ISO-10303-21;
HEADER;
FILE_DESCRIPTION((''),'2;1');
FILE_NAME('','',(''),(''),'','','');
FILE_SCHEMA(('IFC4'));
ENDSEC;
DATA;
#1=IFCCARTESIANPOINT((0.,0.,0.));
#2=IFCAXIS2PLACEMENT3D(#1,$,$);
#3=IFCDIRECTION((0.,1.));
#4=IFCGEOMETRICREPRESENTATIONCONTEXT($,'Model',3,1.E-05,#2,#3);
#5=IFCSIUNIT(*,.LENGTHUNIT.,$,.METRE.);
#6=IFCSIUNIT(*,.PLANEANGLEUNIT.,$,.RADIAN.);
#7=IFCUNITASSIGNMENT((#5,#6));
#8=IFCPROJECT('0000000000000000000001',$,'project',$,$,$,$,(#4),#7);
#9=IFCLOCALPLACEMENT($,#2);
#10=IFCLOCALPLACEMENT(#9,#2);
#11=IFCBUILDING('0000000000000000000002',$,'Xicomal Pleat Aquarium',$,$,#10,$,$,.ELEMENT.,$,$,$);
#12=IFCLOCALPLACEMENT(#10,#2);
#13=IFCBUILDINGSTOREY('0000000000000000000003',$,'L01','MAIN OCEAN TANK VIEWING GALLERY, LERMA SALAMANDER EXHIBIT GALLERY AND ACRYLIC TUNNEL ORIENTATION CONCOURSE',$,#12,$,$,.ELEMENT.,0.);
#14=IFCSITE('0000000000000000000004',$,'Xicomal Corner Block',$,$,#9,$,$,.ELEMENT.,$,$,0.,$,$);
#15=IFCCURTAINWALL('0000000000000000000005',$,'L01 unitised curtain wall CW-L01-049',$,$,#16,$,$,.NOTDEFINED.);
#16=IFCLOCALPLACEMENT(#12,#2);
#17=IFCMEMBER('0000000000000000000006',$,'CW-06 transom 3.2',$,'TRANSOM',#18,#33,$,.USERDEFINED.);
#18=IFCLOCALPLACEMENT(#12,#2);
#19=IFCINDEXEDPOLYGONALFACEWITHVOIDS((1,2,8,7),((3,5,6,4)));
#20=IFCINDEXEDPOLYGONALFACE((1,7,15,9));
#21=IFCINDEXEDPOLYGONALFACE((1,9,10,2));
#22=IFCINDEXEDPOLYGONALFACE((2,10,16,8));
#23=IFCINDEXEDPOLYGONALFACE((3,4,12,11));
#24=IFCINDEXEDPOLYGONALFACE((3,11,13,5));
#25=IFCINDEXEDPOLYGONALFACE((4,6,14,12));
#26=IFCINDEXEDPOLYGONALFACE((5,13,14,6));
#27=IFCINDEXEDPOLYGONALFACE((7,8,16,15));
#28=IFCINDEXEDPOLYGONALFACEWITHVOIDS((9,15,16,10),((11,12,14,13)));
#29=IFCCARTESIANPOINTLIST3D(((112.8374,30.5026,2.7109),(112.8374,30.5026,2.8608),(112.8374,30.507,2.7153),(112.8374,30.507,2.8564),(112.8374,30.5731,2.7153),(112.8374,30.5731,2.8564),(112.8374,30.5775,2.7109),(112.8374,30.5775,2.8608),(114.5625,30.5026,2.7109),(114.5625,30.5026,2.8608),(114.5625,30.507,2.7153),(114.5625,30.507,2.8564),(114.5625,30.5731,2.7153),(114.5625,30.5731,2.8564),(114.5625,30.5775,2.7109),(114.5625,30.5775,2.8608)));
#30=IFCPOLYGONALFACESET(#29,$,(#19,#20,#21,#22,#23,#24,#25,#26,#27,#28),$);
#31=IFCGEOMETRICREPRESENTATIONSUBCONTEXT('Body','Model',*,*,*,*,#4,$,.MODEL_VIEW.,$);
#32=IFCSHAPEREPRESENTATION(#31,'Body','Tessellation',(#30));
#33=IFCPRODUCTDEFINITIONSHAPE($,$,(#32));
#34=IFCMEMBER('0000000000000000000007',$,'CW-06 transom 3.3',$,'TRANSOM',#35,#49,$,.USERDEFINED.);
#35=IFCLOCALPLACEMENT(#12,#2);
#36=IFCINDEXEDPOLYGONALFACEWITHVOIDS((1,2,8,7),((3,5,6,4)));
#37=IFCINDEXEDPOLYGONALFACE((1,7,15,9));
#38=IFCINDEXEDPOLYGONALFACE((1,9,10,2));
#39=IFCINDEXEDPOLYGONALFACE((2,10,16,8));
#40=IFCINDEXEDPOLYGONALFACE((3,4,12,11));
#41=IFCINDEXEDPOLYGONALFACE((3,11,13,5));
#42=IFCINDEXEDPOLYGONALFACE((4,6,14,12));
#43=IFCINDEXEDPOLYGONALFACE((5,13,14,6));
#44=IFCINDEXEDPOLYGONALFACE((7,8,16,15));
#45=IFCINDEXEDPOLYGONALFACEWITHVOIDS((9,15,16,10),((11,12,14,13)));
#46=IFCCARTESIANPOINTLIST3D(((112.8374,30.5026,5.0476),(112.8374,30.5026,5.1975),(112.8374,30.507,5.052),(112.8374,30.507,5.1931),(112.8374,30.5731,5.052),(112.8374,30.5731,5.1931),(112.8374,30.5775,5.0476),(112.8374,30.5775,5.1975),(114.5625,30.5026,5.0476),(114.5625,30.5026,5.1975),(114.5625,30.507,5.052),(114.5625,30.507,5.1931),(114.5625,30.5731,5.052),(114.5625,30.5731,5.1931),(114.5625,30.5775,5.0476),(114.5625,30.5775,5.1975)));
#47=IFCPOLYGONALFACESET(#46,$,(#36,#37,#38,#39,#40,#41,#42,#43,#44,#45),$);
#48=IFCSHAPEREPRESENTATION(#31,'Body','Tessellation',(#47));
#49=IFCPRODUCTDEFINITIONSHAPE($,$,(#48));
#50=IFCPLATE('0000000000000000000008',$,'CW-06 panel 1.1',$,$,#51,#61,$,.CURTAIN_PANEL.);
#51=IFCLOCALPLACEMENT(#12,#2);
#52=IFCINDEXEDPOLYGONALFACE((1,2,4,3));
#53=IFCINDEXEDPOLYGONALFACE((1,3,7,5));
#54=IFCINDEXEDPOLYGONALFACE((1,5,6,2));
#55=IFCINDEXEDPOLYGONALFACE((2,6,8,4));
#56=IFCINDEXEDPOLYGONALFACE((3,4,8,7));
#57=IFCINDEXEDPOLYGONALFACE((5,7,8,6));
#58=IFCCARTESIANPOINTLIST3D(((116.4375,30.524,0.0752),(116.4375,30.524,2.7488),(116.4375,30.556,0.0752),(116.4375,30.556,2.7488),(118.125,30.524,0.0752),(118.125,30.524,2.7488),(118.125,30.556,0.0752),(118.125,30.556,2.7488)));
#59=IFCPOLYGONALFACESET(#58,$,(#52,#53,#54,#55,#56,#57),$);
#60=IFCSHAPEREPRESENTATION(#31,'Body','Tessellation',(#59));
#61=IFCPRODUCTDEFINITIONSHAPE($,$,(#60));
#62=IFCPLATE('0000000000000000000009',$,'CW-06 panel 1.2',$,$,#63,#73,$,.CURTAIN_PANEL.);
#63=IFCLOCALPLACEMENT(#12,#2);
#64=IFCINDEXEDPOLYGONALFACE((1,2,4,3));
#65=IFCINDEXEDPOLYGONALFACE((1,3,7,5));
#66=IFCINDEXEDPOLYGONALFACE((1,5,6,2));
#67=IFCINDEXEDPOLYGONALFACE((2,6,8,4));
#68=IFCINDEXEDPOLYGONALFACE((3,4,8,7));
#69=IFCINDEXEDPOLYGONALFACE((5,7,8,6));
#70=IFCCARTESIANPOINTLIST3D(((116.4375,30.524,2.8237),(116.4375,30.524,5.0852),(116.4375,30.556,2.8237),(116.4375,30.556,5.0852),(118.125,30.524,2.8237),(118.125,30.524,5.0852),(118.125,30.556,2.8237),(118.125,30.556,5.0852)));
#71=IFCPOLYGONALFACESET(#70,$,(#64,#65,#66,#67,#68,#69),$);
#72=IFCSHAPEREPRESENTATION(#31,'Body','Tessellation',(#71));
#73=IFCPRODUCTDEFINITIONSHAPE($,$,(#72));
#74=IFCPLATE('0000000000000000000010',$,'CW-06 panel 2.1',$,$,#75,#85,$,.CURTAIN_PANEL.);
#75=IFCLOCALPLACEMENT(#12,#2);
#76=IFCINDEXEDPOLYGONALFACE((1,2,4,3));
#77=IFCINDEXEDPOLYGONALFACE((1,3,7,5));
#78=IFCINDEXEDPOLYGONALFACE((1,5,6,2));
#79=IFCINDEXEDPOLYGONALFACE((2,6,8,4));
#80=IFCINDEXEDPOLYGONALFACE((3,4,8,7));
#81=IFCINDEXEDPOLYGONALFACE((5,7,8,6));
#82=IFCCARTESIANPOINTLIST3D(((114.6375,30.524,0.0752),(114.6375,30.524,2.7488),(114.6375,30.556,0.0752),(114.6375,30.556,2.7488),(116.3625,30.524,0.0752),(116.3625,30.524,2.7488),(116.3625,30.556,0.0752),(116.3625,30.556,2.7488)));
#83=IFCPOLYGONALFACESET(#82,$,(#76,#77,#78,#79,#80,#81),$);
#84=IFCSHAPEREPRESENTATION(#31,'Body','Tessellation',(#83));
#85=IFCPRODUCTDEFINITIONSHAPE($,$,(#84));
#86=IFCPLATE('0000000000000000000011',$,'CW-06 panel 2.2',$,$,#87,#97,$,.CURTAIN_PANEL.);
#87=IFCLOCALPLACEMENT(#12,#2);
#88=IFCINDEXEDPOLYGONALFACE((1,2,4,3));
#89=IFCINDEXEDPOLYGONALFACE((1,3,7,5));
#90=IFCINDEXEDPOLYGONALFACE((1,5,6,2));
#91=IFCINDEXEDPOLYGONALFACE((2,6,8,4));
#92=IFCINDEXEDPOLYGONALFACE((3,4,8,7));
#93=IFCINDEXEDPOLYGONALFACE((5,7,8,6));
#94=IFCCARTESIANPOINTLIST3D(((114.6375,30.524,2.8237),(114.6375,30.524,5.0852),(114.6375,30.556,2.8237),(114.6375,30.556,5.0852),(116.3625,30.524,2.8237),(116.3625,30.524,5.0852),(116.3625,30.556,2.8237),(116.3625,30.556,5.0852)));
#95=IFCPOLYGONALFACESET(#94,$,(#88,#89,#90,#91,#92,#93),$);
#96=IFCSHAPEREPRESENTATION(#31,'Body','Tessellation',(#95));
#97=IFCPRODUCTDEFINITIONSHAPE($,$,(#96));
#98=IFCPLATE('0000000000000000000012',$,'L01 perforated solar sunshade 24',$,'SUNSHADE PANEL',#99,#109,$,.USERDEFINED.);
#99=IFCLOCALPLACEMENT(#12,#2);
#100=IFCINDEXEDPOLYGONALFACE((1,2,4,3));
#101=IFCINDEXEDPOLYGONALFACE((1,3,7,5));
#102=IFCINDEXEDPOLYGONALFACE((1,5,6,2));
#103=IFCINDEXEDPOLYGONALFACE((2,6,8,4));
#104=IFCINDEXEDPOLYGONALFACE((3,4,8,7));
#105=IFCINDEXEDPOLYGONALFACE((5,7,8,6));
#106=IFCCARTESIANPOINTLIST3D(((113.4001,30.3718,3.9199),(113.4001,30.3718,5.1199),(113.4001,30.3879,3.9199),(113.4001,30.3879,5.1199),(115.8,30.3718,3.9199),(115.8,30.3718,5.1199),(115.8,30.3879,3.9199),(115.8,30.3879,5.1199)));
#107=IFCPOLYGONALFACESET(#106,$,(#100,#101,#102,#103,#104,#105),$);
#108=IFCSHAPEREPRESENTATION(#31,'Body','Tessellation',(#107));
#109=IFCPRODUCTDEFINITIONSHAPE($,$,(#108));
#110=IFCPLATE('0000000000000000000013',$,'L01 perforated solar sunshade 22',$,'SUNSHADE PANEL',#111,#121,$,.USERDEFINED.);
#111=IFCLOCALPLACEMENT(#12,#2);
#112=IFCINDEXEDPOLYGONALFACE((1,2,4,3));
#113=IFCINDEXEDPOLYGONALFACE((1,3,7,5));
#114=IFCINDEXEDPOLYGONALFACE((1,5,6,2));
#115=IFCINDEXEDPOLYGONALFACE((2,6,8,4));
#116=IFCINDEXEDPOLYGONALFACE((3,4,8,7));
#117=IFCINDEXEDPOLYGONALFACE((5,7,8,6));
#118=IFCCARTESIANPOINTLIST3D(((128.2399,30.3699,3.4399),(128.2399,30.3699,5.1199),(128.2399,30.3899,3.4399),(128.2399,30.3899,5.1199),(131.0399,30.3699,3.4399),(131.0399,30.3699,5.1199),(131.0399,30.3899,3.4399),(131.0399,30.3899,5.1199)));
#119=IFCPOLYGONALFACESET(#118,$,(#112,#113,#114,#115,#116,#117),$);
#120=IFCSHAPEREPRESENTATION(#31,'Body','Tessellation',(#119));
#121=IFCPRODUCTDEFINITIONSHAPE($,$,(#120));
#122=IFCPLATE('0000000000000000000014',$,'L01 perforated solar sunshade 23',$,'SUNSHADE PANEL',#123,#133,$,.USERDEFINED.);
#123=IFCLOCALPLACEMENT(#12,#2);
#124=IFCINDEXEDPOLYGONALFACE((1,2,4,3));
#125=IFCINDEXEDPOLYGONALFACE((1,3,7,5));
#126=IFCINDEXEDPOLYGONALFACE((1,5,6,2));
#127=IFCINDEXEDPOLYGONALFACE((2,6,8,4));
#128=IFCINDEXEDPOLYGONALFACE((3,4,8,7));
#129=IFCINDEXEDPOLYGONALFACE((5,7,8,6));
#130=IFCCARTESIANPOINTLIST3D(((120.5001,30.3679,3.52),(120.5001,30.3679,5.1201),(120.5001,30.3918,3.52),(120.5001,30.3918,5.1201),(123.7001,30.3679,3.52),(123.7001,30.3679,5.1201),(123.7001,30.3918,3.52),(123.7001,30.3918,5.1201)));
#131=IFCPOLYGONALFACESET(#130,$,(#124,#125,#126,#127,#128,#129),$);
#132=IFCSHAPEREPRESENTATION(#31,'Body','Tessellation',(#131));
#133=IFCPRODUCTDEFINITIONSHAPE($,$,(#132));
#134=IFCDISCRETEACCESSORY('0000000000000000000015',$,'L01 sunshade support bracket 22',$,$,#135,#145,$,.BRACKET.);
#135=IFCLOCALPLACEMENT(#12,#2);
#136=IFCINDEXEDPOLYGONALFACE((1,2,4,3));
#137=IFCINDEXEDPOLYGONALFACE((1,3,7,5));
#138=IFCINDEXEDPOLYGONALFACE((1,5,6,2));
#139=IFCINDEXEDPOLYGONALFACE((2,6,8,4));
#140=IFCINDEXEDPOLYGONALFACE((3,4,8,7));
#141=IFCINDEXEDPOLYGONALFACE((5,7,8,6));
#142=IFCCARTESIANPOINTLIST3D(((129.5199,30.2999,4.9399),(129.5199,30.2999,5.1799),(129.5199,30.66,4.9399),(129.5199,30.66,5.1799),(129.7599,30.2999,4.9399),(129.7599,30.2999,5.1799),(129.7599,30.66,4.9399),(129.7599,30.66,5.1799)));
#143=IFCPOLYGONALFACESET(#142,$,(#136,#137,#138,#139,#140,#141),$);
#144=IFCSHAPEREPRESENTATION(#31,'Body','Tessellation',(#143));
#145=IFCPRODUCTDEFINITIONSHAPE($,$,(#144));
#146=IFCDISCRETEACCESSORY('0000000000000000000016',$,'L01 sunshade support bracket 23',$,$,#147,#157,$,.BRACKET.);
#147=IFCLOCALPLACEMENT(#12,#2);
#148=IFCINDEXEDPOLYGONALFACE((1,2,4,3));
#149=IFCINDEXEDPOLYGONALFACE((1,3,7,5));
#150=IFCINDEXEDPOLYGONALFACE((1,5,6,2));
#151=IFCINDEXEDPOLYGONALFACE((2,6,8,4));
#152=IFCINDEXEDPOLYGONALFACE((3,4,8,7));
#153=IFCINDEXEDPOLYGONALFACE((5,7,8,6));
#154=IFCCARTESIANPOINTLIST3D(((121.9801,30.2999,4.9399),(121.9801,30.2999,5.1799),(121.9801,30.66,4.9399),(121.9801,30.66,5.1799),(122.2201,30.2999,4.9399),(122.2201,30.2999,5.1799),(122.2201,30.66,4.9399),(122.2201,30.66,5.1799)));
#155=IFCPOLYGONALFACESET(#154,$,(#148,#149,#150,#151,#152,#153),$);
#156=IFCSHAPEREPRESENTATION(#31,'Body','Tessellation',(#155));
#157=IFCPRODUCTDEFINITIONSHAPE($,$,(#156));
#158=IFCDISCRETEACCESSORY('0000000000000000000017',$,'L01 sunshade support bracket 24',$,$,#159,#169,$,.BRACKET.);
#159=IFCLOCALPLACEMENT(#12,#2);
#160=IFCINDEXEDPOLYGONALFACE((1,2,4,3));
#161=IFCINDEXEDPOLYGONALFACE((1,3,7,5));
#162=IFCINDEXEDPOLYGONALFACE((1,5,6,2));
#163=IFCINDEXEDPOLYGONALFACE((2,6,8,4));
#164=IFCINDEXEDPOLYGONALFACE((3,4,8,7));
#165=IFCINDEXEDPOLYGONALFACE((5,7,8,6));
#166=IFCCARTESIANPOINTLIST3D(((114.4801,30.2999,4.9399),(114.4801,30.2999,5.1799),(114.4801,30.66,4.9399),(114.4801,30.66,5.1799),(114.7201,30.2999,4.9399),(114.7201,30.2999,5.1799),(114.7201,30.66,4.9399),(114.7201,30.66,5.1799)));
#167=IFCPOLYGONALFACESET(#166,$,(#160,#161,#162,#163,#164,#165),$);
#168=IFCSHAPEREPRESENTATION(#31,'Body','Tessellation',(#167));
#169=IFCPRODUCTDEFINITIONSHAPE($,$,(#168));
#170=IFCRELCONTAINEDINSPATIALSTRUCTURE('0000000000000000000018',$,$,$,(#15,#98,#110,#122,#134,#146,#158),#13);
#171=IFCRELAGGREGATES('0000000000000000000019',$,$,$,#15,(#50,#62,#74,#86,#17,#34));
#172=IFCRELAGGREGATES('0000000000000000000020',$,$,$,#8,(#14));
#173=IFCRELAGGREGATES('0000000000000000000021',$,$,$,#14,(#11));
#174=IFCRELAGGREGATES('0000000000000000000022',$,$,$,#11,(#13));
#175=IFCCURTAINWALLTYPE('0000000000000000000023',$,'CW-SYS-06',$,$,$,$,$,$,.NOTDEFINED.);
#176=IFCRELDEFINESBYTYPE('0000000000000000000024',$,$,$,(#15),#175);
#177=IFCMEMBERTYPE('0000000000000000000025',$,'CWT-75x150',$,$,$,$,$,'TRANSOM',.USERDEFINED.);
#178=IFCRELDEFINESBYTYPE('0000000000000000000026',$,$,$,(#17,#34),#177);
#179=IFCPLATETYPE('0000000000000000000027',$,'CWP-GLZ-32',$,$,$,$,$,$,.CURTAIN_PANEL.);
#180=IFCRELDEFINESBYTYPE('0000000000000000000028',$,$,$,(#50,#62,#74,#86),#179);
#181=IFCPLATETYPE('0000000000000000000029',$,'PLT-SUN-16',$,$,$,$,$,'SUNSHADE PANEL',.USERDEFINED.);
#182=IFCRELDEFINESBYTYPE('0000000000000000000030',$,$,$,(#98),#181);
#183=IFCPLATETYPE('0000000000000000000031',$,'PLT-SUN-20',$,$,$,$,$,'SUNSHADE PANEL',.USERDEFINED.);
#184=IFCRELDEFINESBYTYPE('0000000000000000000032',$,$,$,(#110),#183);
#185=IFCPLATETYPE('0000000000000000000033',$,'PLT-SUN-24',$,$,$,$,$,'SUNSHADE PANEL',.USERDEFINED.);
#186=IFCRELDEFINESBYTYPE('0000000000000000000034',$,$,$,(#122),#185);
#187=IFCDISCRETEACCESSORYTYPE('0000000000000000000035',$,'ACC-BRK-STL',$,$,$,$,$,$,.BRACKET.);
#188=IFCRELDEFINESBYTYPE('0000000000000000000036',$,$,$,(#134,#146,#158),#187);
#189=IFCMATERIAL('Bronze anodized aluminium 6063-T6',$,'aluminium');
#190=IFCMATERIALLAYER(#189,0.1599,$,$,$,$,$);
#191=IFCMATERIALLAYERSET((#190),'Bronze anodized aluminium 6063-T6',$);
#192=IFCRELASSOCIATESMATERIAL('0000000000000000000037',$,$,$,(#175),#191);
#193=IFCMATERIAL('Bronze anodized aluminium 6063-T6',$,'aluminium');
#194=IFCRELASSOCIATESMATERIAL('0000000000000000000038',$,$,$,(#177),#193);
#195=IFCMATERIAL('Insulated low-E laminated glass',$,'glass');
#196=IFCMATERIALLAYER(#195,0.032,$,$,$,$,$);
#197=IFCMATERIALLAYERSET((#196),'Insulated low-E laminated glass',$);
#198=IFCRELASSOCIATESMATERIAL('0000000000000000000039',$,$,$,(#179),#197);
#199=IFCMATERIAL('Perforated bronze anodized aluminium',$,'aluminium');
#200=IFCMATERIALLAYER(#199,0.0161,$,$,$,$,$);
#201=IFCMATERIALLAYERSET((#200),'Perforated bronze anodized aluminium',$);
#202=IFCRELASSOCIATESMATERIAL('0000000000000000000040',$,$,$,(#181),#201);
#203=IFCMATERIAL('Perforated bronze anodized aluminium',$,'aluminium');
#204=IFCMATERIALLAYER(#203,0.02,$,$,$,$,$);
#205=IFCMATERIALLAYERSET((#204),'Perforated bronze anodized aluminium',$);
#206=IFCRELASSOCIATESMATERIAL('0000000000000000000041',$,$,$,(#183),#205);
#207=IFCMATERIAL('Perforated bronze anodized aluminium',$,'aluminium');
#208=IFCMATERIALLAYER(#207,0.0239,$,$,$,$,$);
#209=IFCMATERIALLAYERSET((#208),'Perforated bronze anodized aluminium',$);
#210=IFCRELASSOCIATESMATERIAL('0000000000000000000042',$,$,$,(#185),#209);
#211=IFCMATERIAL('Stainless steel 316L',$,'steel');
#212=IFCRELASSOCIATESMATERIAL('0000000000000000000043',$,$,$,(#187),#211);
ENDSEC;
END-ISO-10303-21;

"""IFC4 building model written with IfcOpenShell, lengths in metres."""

from ifc_helpers import new_model, si_unit, direction, frame, origin, origin_2d, place, context, subcontext, project, spatial, rectangle, hollow_rectangle, extrude, material, layer, layer_set, material_profile, profile_set, type_object, element, aggregate, save


model = new_model("IFC4")

# Units and contexts
model_context = context("Model", 3, precision=1e-05, world=origin(), true_north=direction((0.0, 1.0)))
body_context = subcontext(model_context, "Body", "Model", "MODEL_VIEW")
ifc_project = project(units=[si_unit("LENGTHUNIT", "METRE"), si_unit("PLANEANGLEUNIT", "RADIAN")], contexts=[model_context])

# Site, building, storey
site_placement = place(None, origin())
site = spatial("IfcSite", under=ifc_project, at=site_placement, Name="Xicomal Corner Block", CompositionType="ELEMENT", RefElevation=0.0)
building_placement = place(site_placement, origin())
building = spatial("IfcBuilding", under=site, at=building_placement, Name="Xicomal Pleat Aquarium", CompositionType="ELEMENT")
storey_placement = place(building_placement, origin())
storey = spatial("IfcBuildingStorey", under=building, at=storey_placement, Name="L01", Description="MAIN OCEAN TANK VIEWING GALLERY, LERMA SALAMANDER EXHIBIT GALLERY AND ACRYLIC TUNNEL ORIENTATION CONCOURSE", CompositionType="ELEMENT", Elevation=0.0)

# Curtain wall, members, plates
ifc_material_1 = material(Name="Bronze anodized aluminium 6063-T6", Category="aluminium")
ifc_layer_1 = layer(ifc_material_1, 0.1599)
ifc_layer_set_1 = layer_set([ifc_layer_1], Name="Bronze anodized aluminium 6063-T6")
curtain_wall_type = type_object("IfcCurtainWallType", Name="CW-SYS-06", PredefinedType="NOTDEFINED", material=ifc_layer_set_1)
curtain_wall_placement = place(storey_placement, origin())
curtain_wall = element("IfcCurtainWall", 1, at=curtain_wall_placement, inside=storey, type_object=curtain_wall_type, Name="L01 unitised curtain wall CW-L01-049", PredefinedType="NOTDEFINED")
ifc_material_2 = material(Name="Bronze anodized aluminium 6063-T6", Category="aluminium")
ifc_material_profile_1 = material_profile(ifc_material_2, hollow_rectangle(XDim=0.075, YDim=0.1499, WallThickness=0.0044, at=origin_2d()), Name="ALU TRAN 75x150")
ifc_profile_set_1 = profile_set([ifc_material_profile_1], Name="Bronze anodized aluminium 6063-T6")
member_type_1 = type_object("IfcMemberType", Name="CWT-75x150", ElementType="TRANSOM", PredefinedType="USERDEFINED", material=ifc_profile_set_1)
member_1_placement = place(storey_placement, frame((114.5625, 30.54, 2.7859), z_axis=(-1.0, 0.0, 0.0), x_axis=(0.0, -1.0, 0.0)))
member_1 = element("IfcMember", 2, at=member_1_placement, type_object=member_type_1, Name="CW-06 transom 3.2", ObjectType="TRANSOM", PredefinedType="USERDEFINED", context=body_context, shape_type="SweptSolid", body=[
    extrude(hollow_rectangle(XDim=0.075, YDim=0.1499, WallThickness=0.0044, at=origin_2d()), origin(), (0.0, 0.0, 1.0), 1.7251),
])
member_2_placement = place(storey_placement, frame((114.5625, 30.54, 5.1226), z_axis=(-1.0, 0.0, 0.0), x_axis=(0.0, -1.0, 0.0)))
member_2 = element("IfcMember", 3, at=member_2_placement, type_object=member_type_1, Name="CW-06 transom 3.3", ObjectType="TRANSOM", PredefinedType="USERDEFINED", context=body_context, shape_type="SweptSolid", body=[
    extrude(hollow_rectangle(XDim=0.075, YDim=0.1499, WallThickness=0.0044, at=origin_2d()), origin(), (0.0, 0.0, 1.0), 1.7251),
])
ifc_material_3 = material(Name="Insulated low-E laminated glass", Category="glass")
ifc_layer_2 = layer(ifc_material_3, 0.032)
ifc_layer_set_2 = layer_set([ifc_layer_2], Name="Insulated low-E laminated glass")
plate_type_1 = type_object("IfcPlateType", Name="CWP-GLZ-32", PredefinedType="CURTAIN_PANEL", material=ifc_layer_set_2)
plate_1_placement = place(storey_placement, frame((117.2812, 30.54, 0.0752), z_axis=(0.0, 0.0, 1.0), x_axis=(-1.0, 0.0, 0.0)))
plate_1 = element("IfcPlate", 4, at=plate_1_placement, type_object=plate_type_1, Name="CW-06 panel 1.1", PredefinedType="CURTAIN_PANEL", context=body_context, shape_type="SweptSolid", body=[
    extrude(rectangle(XDim=1.6875, YDim=0.032, at=origin_2d()), origin(), (0.0, 0.0, 1.0), 2.6736),
])
plate_2_placement = place(storey_placement, frame((117.2812, 30.54, 2.8237), z_axis=(0.0, 0.0, 1.0), x_axis=(-1.0, 0.0, 0.0)))
plate_2 = element("IfcPlate", 5, at=plate_2_placement, type_object=plate_type_1, Name="CW-06 panel 1.2", PredefinedType="CURTAIN_PANEL", context=body_context, shape_type="SweptSolid", body=[
    extrude(rectangle(XDim=1.6875, YDim=0.032, at=origin_2d()), origin(), (0.0, 0.0, 1.0), 2.2615),
])
plate_3_placement = place(storey_placement, frame((115.5, 30.54, 0.0752), z_axis=(0.0, 0.0, 1.0), x_axis=(-1.0, 0.0, 0.0)))
plate_3 = element("IfcPlate", 6, at=plate_3_placement, type_object=plate_type_1, Name="CW-06 panel 2.1", PredefinedType="CURTAIN_PANEL", context=body_context, shape_type="SweptSolid", body=[
    extrude(rectangle(XDim=1.7251, YDim=0.032, at=origin_2d()), origin(), (0.0, 0.0, 1.0), 2.6736),
])
plate_4_placement = place(storey_placement, frame((115.5, 30.54, 2.8237), z_axis=(0.0, 0.0, 1.0), x_axis=(-1.0, 0.0, 0.0)))
plate_4 = element("IfcPlate", 7, at=plate_4_placement, type_object=plate_type_1, Name="CW-06 panel 2.2", PredefinedType="CURTAIN_PANEL", context=body_context, shape_type="SweptSolid", body=[
    extrude(rectangle(XDim=1.7251, YDim=0.032, at=origin_2d()), origin(), (0.0, 0.0, 1.0), 2.2615),
])
aggregate(curtain_wall, [plate_1, plate_2, plate_3, plate_4, member_1, member_2])

# Plates
ifc_material_4 = material(Name="Perforated bronze anodized aluminium", Category="aluminium")
ifc_layer_3 = layer(ifc_material_4, 0.0161)
ifc_layer_set_3 = layer_set([ifc_layer_3], Name="Perforated bronze anodized aluminium")
plate_type_2 = type_object("IfcPlateType", Name="PLT-SUN-16", ElementType="SUNSHADE PANEL", PredefinedType="USERDEFINED", material=ifc_layer_set_3)
plate_5_placement = place(storey_placement, frame((114.6001, 30.3799, 3.9199), z_axis=(0.0, 0.0, 1.0), x_axis=(-1.0, 0.0, 0.0)))
element("IfcPlate", 8, at=plate_5_placement, inside=storey, type_object=plate_type_2, Name="L01 perforated solar sunshade 24", ObjectType="SUNSHADE PANEL", PredefinedType="USERDEFINED", context=body_context, shape_type="SweptSolid", body=[
    extrude(rectangle(XDim=2.3999, YDim=0.0161, at=origin_2d()), origin(), (0.0, 0.0, 1.0), 1.2),
])
ifc_material_5 = material(Name="Perforated bronze anodized aluminium", Category="aluminium")
ifc_layer_4 = layer(ifc_material_5, 0.02)
ifc_layer_set_4 = layer_set([ifc_layer_4], Name="Perforated bronze anodized aluminium")
plate_type_3 = type_object("IfcPlateType", Name="PLT-SUN-20", ElementType="SUNSHADE PANEL", PredefinedType="USERDEFINED", material=ifc_layer_set_4)
plate_6_placement = place(storey_placement, frame((129.6399, 30.3799, 3.4399), z_axis=(0.0, 0.0, 1.0), x_axis=(-1.0, 0.0, 0.0)))
element("IfcPlate", 9, at=plate_6_placement, inside=storey, type_object=plate_type_3, Name="L01 perforated solar sunshade 22", ObjectType="SUNSHADE PANEL", PredefinedType="USERDEFINED", context=body_context, shape_type="SweptSolid", body=[
    extrude(rectangle(XDim=2.8, YDim=0.02, at=origin_2d()), origin(), (0.0, 0.0, 1.0), 1.6799),
])
ifc_material_6 = material(Name="Perforated bronze anodized aluminium", Category="aluminium")
ifc_layer_5 = layer(ifc_material_6, 0.0239)
ifc_layer_set_5 = layer_set([ifc_layer_5], Name="Perforated bronze anodized aluminium")
plate_type_4 = type_object("IfcPlateType", Name="PLT-SUN-24", ElementType="SUNSHADE PANEL", PredefinedType="USERDEFINED", material=ifc_layer_set_5)
plate_7_placement = place(storey_placement, frame((122.1001, 30.3799, 3.52), z_axis=(0.0, 0.0, 1.0), x_axis=(-1.0, 0.0, 0.0)))
element("IfcPlate", 10, at=plate_7_placement, inside=storey, type_object=plate_type_4, Name="L01 perforated solar sunshade 23", ObjectType="SUNSHADE PANEL", PredefinedType="USERDEFINED", context=body_context, shape_type="SweptSolid", body=[
    extrude(rectangle(XDim=3.2, YDim=0.0239, at=origin_2d()), origin(), (0.0, 0.0, 1.0), 1.6001),
])

# Discrete accessories
ifc_material_7 = material(Name="Stainless steel 316L", Category="steel")
discrete_accessory_type = type_object("IfcDiscreteAccessoryType", Name="ACC-BRK-STL", PredefinedType="BRACKET", material=ifc_material_7)
for number, where, z_axis, x_axis, name in (
    (11, (129.6399, 30.48, 4.9399), (0.0, 0.0, 1.0), (-1.0, 0.0, 0.0), "L01 sunshade support bracket 22"),
    (12, (122.1001, 30.48, 4.9399), (0.0, 0.0, 1.0), (-1.0, 0.0, 0.0), "L01 sunshade support bracket 23"),
    (13, (114.6001, 30.48, 4.9399), (0.0, 0.0, 1.0), (-1.0, 0.0, 0.0), "L01 sunshade support bracket 24"),
):
    element("IfcDiscreteAccessory", number, at=place(storey_placement, frame(where, z_axis=z_axis, x_axis=x_axis)), inside=storey, type_object=discrete_accessory_type, Name=name, PredefinedType="BRACKET", context=body_context, shape_type="SweptSolid", body=[
        extrude(rectangle(XDim=0.24, YDim=0.3601, at=origin_2d()), origin(), (0.0, 0.0, 1.0), 0.24),
    ])

save(model, "model.ifc")
